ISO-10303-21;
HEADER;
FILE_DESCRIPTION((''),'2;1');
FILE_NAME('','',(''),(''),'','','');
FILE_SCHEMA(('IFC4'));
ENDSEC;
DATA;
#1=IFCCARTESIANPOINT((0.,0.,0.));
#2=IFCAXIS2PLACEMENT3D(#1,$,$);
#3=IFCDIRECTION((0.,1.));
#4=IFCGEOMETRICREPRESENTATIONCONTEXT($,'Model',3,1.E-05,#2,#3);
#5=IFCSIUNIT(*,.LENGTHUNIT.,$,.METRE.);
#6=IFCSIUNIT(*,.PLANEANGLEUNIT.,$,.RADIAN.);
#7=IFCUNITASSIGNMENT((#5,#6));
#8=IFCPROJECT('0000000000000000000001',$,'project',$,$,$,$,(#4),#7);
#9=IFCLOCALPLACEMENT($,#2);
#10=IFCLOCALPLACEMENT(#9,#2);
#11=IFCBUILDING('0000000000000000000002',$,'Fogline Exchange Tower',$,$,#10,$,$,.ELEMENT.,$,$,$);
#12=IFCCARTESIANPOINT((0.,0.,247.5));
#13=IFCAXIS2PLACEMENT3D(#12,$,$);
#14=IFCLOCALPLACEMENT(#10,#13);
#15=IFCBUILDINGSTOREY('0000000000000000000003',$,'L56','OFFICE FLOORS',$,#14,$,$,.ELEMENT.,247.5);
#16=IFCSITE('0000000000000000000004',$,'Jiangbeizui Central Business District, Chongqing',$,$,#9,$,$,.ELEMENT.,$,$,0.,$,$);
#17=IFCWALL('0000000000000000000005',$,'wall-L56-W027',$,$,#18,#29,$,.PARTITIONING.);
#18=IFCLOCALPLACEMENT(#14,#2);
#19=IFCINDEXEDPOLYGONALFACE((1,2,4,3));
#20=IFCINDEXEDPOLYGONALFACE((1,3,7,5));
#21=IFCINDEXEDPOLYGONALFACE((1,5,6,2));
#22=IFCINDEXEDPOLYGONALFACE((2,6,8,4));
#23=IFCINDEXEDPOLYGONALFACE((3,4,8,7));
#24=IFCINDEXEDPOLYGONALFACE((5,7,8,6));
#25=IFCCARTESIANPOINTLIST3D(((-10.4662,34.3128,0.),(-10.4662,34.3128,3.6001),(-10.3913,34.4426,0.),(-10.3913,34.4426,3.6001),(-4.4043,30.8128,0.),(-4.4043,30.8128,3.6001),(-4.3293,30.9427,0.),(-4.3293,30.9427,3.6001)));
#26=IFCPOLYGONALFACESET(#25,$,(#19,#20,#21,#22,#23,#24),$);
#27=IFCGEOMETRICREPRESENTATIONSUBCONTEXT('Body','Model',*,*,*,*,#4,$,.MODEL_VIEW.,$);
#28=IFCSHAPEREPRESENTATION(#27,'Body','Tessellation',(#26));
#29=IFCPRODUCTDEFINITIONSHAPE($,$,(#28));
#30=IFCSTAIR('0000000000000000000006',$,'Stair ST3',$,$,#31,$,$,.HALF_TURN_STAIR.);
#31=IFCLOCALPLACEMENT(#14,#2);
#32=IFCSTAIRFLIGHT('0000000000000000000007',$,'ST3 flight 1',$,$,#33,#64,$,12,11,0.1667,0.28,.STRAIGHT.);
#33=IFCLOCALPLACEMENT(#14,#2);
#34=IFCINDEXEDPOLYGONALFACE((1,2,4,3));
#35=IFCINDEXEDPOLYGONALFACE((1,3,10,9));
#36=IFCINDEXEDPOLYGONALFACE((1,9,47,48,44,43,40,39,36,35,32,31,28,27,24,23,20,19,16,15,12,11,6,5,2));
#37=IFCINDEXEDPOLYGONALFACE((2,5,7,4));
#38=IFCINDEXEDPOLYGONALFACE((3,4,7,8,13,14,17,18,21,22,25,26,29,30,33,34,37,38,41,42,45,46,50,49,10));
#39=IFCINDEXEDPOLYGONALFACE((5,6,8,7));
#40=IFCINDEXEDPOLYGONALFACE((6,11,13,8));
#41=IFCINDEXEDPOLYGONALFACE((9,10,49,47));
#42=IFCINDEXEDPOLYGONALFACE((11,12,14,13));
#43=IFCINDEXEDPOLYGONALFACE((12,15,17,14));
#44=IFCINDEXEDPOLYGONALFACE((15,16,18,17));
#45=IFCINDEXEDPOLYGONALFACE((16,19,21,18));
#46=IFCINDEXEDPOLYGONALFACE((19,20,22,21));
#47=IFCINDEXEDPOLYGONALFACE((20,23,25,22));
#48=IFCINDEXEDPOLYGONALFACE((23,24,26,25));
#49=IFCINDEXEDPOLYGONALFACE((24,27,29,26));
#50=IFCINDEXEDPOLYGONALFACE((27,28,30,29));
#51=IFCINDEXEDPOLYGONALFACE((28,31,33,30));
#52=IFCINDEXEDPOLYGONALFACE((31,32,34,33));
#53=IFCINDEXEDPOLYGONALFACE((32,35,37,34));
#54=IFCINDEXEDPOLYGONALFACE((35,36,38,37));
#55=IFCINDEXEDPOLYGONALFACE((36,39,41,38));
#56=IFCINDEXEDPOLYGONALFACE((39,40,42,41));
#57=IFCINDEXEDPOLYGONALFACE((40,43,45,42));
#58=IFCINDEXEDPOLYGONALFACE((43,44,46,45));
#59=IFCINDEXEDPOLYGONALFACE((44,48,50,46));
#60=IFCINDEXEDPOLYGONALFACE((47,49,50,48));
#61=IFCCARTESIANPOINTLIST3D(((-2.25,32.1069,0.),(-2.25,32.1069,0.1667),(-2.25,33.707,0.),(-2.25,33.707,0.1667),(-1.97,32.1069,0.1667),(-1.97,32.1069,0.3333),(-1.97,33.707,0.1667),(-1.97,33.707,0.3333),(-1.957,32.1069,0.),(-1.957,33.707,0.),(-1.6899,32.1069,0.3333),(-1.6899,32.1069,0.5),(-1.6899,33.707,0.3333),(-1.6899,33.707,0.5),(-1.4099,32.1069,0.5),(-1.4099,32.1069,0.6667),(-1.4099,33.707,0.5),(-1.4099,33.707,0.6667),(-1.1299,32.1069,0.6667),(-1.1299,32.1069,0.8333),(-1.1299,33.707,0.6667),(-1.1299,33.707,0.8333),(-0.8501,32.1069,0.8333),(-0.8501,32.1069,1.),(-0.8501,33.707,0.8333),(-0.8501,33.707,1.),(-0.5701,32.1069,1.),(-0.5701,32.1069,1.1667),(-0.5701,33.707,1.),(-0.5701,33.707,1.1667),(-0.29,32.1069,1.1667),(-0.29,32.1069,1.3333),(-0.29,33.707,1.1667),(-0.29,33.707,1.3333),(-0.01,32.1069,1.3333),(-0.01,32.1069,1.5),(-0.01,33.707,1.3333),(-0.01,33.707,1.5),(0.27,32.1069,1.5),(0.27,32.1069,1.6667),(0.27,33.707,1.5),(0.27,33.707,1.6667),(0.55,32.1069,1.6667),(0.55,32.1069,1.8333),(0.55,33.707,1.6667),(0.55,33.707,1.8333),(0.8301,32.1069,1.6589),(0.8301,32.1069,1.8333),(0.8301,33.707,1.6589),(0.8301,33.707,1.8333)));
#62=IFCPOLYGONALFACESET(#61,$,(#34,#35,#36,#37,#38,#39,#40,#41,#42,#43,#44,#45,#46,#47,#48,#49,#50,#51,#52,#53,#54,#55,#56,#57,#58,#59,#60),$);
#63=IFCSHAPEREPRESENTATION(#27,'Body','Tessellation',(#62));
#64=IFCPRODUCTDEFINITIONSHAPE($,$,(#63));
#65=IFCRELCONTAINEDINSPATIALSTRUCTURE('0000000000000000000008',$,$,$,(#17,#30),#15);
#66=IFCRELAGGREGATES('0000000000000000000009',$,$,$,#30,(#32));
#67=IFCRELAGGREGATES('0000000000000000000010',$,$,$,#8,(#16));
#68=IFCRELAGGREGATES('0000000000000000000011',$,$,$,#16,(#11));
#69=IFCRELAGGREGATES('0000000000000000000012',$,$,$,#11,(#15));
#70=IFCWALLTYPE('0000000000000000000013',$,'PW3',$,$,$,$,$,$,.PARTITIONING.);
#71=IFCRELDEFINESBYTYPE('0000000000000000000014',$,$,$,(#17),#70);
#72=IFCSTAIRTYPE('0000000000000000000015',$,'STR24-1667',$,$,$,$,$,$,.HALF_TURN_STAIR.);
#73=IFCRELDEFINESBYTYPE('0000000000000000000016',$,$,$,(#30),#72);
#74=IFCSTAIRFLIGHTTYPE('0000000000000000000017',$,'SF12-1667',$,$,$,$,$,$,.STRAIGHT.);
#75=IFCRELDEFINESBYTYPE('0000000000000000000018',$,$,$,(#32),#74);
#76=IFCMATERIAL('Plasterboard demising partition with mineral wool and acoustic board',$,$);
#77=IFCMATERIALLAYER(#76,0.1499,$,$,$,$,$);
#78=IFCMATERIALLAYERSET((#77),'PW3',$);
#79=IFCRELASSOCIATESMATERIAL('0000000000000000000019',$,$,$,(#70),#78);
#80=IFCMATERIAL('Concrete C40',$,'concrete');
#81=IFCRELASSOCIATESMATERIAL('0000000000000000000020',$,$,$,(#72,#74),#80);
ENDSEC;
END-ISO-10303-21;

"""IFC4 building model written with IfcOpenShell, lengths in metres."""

from ifc_helpers import new_model, si_unit, direction, frame, frame_2d, origin, place, context, subcontext, project, spatial, polyline, rectangle, outline, extrude, material, layer, layer_set, type_object, element, aggregate, save


model = new_model("IFC4")

# Units and contexts
model_context = context("Model", 3, precision=1e-05, world=origin(), true_north=direction((0.0, 1.0)))
body_context = subcontext(model_context, "Body", "Model", "MODEL_VIEW")
ifc_project = project(units=[si_unit("LENGTHUNIT", "METRE"), si_unit("PLANEANGLEUNIT", "RADIAN")], contexts=[model_context])

# Site, building, storey
site_placement = place(None, origin())
site = spatial("IfcSite", under=ifc_project, at=site_placement, Name="Jiangbeizui Central Business District, Chongqing", CompositionType="ELEMENT", RefElevation=0.0)
building_placement = place(site_placement, origin())
building = spatial("IfcBuilding", under=site, at=building_placement, Name="Fogline Exchange Tower", CompositionType="ELEMENT")
storey_placement = place(building_placement, frame((0.0, 0.0, 247.5)))
storey = spatial("IfcBuildingStorey", under=building, at=storey_placement, Name="L56", Description="OFFICE FLOORS", CompositionType="ELEMENT", Elevation=247.5)

# Shared definitions
ifc_material_1 = material(Name="Concrete C40", Category="concrete")

# Wall
ifc_material_2 = material(Name="Plasterboard demising partition with mineral wool and acoustic board")
ifc_layer_1 = layer(ifc_material_2, 0.1499)
ifc_layer_set_1 = layer_set([ifc_layer_1], Name="PW3")
wall_type_1 = type_object("IfcWallType", Name="PW3", PredefinedType="PARTITIONING", material=ifc_layer_set_1)
wall_1_placement = place(storey_placement, frame((-4.3667, 30.8777, 0.0), z_axis=(0.0, 0.0, 1.0), x_axis=(-0.866019, 0.50001, 0.0)))
element("IfcWall", 1, at=wall_1_placement, inside=storey, type_object=wall_type_1, Name="wall-L56-W027", PredefinedType="PARTITIONING", context=body_context, shape_type="SweptSolid", body=[
    extrude(rectangle(XDim=6.9998, YDim=0.1499, at=frame_2d((3.5, 0.0))), origin(), (0.0, 0.0, 1.0), 3.6001),
])

# Stair, stair flight
stair_type = type_object("IfcStairType", Name="STR24-1667", PredefinedType="HALF_TURN_STAIR", material=ifc_material_1)
stair_placement = place(storey_placement, origin())
stair = element("IfcStair", 2, at=stair_placement, inside=storey, type_object=stair_type, Name="Stair ST3", PredefinedType="HALF_TURN_STAIR")
stair_flight_type = type_object("IfcStairFlightType", Name="SF12-1667", PredefinedType="STRAIGHT", material=ifc_material_1)
stair_flight_placement = place(storey_placement, frame((-2.25, 32.907, 0.0), z_axis=(0.0, 0.0, 1.0), x_axis=(1.0, 0.0, 0.0)))
stair_flight = element("IfcStairFlight", 3, at=stair_flight_placement, type_object=stair_flight_type, Name="ST3 flight 1", NumberOfRisers=12, NumberOfTreads=11, PredefinedType="STRAIGHT", RiserHeight=0.1667, TreadLength=0.28, context=body_context, shape_type="SweptSolid", body=[
    extrude(outline(polyline([(0.0, 0.0), (0.0, 0.1667), (0.28, 0.1667), (0.28, 0.3333), (0.5601, 0.3333), (0.5601, 0.5), (0.8401, 0.5), (0.8401, 0.6667), (1.1201, 0.6667), (1.1201, 0.8333), (1.3999, 0.8333), (1.3999, 1.0), (1.6799, 1.0), (1.6799, 1.1667), (1.96, 1.1667), (1.96, 1.3333), (2.24, 1.3333), (2.24, 1.5), (2.52, 1.5), (2.52, 1.6667), (2.8, 1.6667), (2.8, 1.8333), (3.0801, 1.8333), (3.0801, 2.0), (3.0801, 1.6589), (0.293, 0.0), (0.0, 0.0)])), frame((0.0, 0.8, 0.0), z_axis=(0.0, -1.0, 0.0), x_axis=(1.0, 0.0, 0.0)), (0.0, 0.0, 1.0), 1.6001),
])
aggregate(stair, [stair_flight])

save(model, "model.ifc")
